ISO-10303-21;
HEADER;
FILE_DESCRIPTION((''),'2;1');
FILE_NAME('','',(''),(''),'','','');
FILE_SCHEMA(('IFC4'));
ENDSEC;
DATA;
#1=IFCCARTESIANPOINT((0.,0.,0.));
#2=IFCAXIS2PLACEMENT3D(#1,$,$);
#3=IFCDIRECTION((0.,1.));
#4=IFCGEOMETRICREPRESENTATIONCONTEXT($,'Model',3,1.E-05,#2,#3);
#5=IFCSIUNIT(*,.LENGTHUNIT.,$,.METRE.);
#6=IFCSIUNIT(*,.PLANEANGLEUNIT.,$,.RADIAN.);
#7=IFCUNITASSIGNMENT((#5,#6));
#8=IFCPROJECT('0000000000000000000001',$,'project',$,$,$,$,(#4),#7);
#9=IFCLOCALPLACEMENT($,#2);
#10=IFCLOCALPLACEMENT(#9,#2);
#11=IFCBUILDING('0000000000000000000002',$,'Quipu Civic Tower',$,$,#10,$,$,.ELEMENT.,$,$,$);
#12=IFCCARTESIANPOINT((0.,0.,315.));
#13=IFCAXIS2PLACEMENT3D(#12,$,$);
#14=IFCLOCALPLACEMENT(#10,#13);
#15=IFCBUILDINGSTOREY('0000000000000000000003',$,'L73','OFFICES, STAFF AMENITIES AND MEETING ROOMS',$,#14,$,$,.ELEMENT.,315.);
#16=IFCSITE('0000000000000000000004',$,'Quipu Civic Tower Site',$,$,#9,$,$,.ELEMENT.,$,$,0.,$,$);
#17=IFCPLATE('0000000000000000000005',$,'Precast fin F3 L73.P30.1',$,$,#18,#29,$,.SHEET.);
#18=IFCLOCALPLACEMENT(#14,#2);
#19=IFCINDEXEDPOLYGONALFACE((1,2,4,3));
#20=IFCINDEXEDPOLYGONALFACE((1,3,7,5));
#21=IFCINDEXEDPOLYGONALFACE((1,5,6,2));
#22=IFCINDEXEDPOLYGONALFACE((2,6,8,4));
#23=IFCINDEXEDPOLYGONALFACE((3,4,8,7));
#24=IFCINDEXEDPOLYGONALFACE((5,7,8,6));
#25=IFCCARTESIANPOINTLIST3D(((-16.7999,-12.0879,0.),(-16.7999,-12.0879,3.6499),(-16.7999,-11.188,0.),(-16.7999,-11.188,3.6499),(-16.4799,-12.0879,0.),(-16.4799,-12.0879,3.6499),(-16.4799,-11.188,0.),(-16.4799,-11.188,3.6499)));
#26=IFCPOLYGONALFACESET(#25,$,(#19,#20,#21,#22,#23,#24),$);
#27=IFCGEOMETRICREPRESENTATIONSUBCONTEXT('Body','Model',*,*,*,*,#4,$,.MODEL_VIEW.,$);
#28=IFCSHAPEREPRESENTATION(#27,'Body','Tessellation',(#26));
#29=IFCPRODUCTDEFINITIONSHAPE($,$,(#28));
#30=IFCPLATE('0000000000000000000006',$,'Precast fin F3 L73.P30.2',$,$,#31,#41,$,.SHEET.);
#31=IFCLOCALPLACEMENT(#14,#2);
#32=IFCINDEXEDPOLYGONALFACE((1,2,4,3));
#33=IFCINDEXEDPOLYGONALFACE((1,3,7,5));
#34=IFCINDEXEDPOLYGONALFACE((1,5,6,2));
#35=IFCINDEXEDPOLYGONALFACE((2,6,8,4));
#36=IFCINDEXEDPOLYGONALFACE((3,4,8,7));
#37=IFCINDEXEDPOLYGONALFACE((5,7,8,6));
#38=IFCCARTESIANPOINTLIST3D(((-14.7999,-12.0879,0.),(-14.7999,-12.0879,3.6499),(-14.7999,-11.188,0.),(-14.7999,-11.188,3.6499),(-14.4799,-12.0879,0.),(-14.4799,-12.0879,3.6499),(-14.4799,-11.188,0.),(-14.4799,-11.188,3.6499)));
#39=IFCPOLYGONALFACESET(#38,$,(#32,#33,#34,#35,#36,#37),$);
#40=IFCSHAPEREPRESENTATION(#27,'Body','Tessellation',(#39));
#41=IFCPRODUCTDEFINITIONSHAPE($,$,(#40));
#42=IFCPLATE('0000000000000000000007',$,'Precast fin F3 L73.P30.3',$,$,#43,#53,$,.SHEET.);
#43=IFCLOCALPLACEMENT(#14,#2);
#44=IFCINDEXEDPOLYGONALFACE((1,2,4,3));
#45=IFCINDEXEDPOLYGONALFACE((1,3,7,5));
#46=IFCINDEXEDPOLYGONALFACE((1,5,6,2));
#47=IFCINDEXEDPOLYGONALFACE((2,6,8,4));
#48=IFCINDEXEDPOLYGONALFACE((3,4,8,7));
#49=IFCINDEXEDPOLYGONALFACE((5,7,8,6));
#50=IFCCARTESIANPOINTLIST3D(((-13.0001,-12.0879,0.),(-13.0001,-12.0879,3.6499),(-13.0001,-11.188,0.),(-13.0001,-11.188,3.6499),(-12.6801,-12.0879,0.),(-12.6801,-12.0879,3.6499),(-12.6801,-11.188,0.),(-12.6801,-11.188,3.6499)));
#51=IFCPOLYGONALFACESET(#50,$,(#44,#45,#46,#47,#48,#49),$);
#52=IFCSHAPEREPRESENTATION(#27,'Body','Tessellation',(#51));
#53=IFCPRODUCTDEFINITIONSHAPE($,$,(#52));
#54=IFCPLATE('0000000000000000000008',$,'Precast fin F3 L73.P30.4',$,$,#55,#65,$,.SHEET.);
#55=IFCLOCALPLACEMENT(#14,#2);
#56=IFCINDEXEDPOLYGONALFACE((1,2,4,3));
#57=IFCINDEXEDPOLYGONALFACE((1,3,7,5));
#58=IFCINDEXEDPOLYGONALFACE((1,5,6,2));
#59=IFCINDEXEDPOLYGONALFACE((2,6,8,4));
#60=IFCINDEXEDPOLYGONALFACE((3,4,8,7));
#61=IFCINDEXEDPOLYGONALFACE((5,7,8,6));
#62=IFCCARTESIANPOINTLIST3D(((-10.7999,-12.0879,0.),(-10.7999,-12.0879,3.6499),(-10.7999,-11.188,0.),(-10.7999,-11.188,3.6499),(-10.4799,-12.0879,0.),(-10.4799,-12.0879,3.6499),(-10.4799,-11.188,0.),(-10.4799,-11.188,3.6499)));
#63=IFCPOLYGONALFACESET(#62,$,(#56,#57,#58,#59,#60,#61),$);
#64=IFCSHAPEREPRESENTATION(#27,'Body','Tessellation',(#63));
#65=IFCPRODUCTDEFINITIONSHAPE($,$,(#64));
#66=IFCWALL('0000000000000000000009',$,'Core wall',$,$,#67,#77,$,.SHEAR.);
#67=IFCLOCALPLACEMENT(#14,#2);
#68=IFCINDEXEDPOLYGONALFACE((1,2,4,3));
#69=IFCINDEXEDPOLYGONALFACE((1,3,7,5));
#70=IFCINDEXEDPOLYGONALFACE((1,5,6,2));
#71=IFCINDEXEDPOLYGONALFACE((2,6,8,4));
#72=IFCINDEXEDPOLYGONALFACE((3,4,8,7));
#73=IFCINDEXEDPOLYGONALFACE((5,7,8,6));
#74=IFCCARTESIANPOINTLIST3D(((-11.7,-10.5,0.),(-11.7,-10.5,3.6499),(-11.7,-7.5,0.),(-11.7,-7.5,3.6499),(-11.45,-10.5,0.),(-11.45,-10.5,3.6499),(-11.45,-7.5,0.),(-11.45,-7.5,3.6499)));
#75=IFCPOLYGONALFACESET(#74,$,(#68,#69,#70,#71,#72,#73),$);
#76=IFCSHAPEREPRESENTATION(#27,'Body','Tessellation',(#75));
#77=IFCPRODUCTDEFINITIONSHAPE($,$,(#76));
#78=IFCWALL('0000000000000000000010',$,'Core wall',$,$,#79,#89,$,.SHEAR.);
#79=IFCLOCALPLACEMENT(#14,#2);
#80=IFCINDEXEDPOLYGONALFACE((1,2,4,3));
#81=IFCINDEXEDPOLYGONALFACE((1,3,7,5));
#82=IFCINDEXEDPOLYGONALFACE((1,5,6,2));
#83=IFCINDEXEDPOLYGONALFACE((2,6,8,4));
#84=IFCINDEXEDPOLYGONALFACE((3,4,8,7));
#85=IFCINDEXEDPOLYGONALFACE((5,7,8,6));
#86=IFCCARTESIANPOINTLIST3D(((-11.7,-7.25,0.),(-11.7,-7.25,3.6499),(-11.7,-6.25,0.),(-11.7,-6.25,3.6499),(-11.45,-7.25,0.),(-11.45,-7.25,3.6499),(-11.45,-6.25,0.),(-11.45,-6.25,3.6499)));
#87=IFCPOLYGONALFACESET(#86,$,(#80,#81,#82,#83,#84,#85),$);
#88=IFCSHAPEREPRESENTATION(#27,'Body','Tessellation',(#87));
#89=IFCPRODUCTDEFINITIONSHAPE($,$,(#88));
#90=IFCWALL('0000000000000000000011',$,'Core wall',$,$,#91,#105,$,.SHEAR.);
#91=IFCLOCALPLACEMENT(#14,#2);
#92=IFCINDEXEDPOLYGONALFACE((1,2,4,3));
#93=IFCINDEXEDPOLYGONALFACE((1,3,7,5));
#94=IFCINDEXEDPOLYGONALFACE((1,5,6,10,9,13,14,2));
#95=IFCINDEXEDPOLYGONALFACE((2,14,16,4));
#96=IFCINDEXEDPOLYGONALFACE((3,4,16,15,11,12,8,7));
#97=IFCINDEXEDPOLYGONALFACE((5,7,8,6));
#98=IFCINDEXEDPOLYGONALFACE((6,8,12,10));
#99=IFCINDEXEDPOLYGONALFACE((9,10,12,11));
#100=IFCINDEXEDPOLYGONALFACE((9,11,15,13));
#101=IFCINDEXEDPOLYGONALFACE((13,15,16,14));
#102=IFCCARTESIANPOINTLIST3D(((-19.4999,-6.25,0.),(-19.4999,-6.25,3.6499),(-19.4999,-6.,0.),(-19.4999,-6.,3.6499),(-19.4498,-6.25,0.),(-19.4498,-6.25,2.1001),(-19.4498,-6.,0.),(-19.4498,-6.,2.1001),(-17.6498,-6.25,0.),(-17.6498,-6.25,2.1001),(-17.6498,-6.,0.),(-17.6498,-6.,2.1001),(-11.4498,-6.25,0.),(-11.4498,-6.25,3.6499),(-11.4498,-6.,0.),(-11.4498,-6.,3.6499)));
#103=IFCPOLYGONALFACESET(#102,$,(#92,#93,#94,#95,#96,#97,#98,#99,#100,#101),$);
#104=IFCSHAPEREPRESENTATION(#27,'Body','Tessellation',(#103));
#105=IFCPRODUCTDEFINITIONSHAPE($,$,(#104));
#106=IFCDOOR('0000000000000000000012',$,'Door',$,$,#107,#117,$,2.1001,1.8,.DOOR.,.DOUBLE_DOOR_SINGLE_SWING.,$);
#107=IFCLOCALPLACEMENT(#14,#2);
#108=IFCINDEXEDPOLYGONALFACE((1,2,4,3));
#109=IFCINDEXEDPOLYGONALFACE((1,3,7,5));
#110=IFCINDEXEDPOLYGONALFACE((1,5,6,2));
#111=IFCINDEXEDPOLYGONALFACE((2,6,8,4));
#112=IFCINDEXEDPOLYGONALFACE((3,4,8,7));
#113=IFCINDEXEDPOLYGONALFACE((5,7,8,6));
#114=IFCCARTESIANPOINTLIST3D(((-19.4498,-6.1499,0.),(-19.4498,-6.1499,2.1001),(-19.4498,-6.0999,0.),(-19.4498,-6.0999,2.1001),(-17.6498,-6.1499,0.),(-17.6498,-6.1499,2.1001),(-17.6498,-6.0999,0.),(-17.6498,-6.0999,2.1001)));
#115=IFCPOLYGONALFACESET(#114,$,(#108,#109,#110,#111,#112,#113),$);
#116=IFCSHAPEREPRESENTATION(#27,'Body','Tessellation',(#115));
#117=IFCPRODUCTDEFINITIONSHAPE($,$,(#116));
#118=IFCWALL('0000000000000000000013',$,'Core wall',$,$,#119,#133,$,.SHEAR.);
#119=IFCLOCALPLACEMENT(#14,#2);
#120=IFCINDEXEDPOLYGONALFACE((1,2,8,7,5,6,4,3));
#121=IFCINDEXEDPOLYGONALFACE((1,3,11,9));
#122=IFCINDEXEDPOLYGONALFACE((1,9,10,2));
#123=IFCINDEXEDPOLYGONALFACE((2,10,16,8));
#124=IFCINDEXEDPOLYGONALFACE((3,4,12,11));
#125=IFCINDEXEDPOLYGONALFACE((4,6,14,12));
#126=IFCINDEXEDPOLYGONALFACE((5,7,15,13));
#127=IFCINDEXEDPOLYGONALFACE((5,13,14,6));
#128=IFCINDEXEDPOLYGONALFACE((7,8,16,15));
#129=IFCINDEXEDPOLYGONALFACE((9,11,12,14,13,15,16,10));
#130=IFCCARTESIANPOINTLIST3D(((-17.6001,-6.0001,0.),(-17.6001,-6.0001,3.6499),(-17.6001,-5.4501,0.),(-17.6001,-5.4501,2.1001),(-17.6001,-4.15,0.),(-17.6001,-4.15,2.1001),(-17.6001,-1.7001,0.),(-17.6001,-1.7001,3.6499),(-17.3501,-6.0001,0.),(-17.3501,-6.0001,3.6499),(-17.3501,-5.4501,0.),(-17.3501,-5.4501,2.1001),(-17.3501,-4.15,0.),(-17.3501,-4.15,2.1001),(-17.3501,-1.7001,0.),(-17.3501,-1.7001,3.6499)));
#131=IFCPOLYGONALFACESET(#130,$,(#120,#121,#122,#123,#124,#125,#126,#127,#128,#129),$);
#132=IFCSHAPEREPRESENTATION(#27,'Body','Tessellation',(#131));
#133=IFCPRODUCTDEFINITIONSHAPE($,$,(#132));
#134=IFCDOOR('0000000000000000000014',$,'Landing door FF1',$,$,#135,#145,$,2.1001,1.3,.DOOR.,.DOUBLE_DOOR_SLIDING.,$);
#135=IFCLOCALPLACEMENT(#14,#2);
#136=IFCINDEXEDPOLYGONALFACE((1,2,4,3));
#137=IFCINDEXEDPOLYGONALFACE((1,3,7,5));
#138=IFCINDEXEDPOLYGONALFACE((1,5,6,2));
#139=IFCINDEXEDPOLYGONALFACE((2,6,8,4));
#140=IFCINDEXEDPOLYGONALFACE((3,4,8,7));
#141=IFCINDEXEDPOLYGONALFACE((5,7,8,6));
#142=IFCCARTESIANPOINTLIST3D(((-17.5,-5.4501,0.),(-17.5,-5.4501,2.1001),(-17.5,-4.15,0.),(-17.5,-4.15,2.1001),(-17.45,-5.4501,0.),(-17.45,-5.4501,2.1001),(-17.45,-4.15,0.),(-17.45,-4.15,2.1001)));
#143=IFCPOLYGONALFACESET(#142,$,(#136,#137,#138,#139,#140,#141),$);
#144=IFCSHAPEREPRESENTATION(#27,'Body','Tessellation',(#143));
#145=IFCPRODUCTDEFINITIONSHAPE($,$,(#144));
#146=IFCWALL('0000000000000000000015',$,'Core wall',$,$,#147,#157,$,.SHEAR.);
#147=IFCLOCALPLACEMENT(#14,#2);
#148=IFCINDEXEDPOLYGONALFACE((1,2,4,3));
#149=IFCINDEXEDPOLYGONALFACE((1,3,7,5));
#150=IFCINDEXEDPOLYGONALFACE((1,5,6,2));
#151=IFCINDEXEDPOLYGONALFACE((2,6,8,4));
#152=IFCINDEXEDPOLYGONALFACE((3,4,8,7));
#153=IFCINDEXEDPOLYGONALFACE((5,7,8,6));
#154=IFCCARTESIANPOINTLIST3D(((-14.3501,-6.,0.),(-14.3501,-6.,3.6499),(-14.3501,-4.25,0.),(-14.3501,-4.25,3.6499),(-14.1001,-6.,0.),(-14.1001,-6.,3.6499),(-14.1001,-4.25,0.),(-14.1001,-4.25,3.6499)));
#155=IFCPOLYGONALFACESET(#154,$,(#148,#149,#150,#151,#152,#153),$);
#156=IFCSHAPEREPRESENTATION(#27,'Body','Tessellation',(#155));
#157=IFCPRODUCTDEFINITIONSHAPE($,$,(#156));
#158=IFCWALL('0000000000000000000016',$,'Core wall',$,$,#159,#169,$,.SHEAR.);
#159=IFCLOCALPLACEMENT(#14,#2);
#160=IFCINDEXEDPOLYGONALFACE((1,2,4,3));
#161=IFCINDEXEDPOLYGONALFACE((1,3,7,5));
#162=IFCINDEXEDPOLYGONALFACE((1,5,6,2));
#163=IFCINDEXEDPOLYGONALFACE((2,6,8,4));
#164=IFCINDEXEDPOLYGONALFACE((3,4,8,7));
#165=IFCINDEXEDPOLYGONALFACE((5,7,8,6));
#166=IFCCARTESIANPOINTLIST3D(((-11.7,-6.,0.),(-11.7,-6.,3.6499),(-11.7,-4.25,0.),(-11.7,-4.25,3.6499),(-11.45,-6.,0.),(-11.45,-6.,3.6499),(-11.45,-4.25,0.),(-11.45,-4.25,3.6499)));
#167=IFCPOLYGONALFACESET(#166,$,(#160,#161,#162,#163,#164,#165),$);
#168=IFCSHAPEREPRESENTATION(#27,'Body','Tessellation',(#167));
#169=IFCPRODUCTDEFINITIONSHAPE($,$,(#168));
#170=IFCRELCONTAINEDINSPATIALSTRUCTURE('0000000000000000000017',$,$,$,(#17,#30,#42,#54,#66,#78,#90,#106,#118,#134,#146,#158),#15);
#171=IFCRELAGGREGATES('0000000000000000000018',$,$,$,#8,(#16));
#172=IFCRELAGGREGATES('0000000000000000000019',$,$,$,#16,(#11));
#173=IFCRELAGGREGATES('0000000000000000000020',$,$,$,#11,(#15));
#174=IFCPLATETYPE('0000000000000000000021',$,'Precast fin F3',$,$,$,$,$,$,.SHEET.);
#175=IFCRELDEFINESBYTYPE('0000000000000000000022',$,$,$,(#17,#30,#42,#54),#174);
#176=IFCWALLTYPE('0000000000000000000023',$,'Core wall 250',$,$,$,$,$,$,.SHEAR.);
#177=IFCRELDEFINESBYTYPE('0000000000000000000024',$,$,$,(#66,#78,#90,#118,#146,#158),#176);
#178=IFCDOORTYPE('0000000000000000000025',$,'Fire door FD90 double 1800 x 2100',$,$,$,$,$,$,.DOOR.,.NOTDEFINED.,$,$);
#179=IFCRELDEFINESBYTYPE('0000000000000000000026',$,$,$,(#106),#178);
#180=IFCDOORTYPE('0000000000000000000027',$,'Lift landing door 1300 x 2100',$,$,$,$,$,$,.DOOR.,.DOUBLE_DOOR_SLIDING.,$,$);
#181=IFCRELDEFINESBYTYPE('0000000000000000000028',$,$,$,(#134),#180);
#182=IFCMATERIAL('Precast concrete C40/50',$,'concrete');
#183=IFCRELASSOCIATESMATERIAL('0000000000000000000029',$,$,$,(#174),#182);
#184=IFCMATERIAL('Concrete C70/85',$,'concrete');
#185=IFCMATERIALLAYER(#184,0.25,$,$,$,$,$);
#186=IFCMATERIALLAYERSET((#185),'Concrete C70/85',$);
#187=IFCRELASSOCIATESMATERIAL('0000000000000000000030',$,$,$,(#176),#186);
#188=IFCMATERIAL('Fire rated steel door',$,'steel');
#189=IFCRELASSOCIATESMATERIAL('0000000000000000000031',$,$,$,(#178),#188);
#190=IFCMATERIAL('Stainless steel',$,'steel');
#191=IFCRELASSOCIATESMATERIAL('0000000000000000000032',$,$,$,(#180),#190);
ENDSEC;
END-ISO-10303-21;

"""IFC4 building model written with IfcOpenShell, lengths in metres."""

from ifc_helpers import new_model, si_unit, direction, frame, frame_2d, origin, origin_2d, place, context, subcontext, project, spatial, rectangle, extrude, material, layer, layer_set, type_object, element, fill, save


model = new_model("IFC4")

# Units and contexts
model_context = context("Model", 3, precision=1e-05, world=origin(), true_north=direction((0.0, 1.0)))
body_context = subcontext(model_context, "Body", "Model", "MODEL_VIEW")
ifc_project = project(units=[si_unit("LENGTHUNIT", "METRE"), si_unit("PLANEANGLEUNIT", "RADIAN")], contexts=[model_context])

# Site, building, storey
site_placement = place(None, origin())
site = spatial("IfcSite", under=ifc_project, at=site_placement, Name="Quipu Civic Tower Site", CompositionType="ELEMENT", RefElevation=0.0)
building_placement = place(site_placement, origin())
building = spatial("IfcBuilding", under=site, at=building_placement, Name="Quipu Civic Tower", CompositionType="ELEMENT")
storey_placement = place(building_placement, frame((0.0, 0.0, 315.0)))
storey = spatial("IfcBuildingStorey", under=building, at=storey_placement, Name="L73", Description="OFFICES, STAFF AMENITIES AND MEETING ROOMS", CompositionType="ELEMENT", Elevation=315.0)

# Plates
ifc_material_1 = material(Name="Precast concrete C40/50", Category="concrete")
plate_type = type_object("IfcPlateType", Name="Precast fin F3", PredefinedType="SHEET", material=ifc_material_1)
for number, where, z_axis, x_axis, name in (
    (1, (-16.6399, -11.6379, 0.0), (0.0, 0.0, 1.0), (1.0, 0.0, 0.0), "Precast fin F3 L73.P30.1"),
    (2, (-14.6399, -11.6379, 0.0), (0.0, 0.0, 1.0), (1.0, 0.0, 0.0), "Precast fin F3 L73.P30.2"),
    (3, (-12.8401, -11.6379, 0.0), (0.0, 0.0, 1.0), (1.0, 0.0, 0.0), "Precast fin F3 L73.P30.3"),
    (4, (-10.6399, -11.6379, 0.0), (0.0, 0.0, 1.0), (1.0, 0.0, 0.0), "Precast fin F3 L73.P30.4"),
):
    element("IfcPlate", number, at=place(storey_placement, frame(where, z_axis=z_axis, x_axis=x_axis)), inside=storey, type_object=plate_type, Name=name, PredefinedType="SHEET", context=body_context, shape_type="SweptSolid", body=[
        extrude(rectangle(XDim=0.3201, YDim=0.8999, at=origin_2d()), origin(), (0.0, 0.0, 1.0), 3.6499),
    ])

# Walls
ifc_material_2 = material(Name="Concrete C70/85", Category="concrete")
ifc_layer = layer(ifc_material_2, 0.25)
ifc_layer_set = layer_set([ifc_layer], Name="Concrete C70/85")
wall_type_1 = type_object("IfcWallType", Name="Core wall 250", PredefinedType="SHEAR", material=ifc_layer_set)
wall_1_placement = place(storey_placement, frame((-11.575, -10.5, 0.0), z_axis=(0.0, 0.0, 1.0), x_axis=(0.0, 1.0, 0.0)))
element("IfcWall", 5, at=wall_1_placement, inside=storey, type_object=wall_type_1, Name="Core wall", PredefinedType="SHEAR", context=body_context, shape_type="SweptSolid", body=[
    extrude(rectangle(XDim=3.0, YDim=0.25, at=frame_2d((1.5, 0.0))), origin(), (0.0, 0.0, 1.0), 3.6499),
])
wall_2_placement = place(storey_placement, frame((-11.575, -7.25, 0.0), z_axis=(0.0, 0.0, 1.0), x_axis=(0.0, 1.0, 0.0)))
element("IfcWall", 6, at=wall_2_placement, inside=storey, type_object=wall_type_1, Name="Core wall", PredefinedType="SHEAR", context=body_context, shape_type="SweptSolid", body=[
    extrude(rectangle(XDim=1.0, YDim=0.25, at=frame_2d((0.5, 0.0))), origin(), (0.0, 0.0, 1.0), 3.6499),
])

# Walls, openings, doors
wall_3_placement = place(storey_placement, frame((-11.45, -6.125, 0.0), z_axis=(0.0, 0.0, 1.0), x_axis=(-1.0, 0.0, 0.0)))
wall_3 = element("IfcWall", 7, at=wall_3_placement, inside=storey, type_object=wall_type_1, Name="Core wall", PredefinedType="SHEAR", context=body_context, shape_type="SweptSolid", body=[
    extrude(rectangle(XDim=8.05, YDim=0.25, at=frame_2d((4.0249, 0.0))), origin(), (0.0, 0.0, 1.0), 3.6499),
])
opening_1_placement = place(wall_3_placement, frame((6.2, 0.0, 0.0)))
opening_1 = element("IfcOpeningElement", 8, at=opening_1_placement, cuts=wall_3, PredefinedType="OPENING", context=body_context, shape_type="SweptSolid", body=[
    extrude(rectangle(XDim=1.8, YDim=2.1001, at=frame_2d((0.8999, 1.05))), frame((0.0, 0.135, 0.0), z_axis=(0.0, -1.0, 0.0), x_axis=(1.0, 0.0, 0.0)), (0.0, 0.0, 1.0), 0.27),
])
ifc_material_3 = material(Name="Fire rated steel door", Category="steel")
door_type_1 = type_object("IfcDoorType", Name="Fire door FD90 double 1800 x 2100", OperationType="NOTDEFINED", PredefinedType="DOOR", material=ifc_material_3)
door_1_placement = place(opening_1_placement, origin())
door_1 = element("IfcDoor", 9, at=door_1_placement, inside=storey, type_object=door_type_1, Name="Door", OperationType="DOUBLE_DOOR_SINGLE_SWING", OverallHeight=2.1001, OverallWidth=1.8, PredefinedType="DOOR", context=body_context, shape_type="SweptSolid", body=[
    extrude(rectangle(XDim=1.8, YDim=2.1001, at=frame_2d((0.8999, 1.05))), frame((0.0, 0.0249, 0.0), z_axis=(0.0, -1.0, 0.0), x_axis=(1.0, 0.0, 0.0)), (0.0, 0.0, 1.0), 0.05),
])
fill(opening_1, door_1)
wall_4_placement = place(storey_placement, frame((-17.4751, -6.0, 0.0), z_axis=(0.0, 0.0, 1.0), x_axis=(0.0, 1.0, 0.0)))
wall_4 = element("IfcWall", 10, at=wall_4_placement, inside=storey, type_object=wall_type_1, Name="Core wall", PredefinedType="SHEAR", context=body_context, shape_type="SweptSolid", body=[
    extrude(rectangle(XDim=4.3, YDim=0.25, at=frame_2d((2.1499, 0.0))), origin(), (0.0, 0.0, 1.0), 3.6499),
])
opening_2_placement = place(wall_4_placement, frame((0.55, 0.0, 0.0)))
opening_2 = element("IfcOpeningElement", 11, at=opening_2_placement, cuts=wall_4, PredefinedType="OPENING", context=body_context, shape_type="SweptSolid", body=[
    extrude(rectangle(XDim=1.3, YDim=2.1001, at=frame_2d((0.6499, 1.05))), frame((0.0, 0.135, 0.0), z_axis=(0.0, -1.0, 0.0), x_axis=(1.0, 0.0, 0.0)), (0.0, 0.0, 1.0), 0.27),
])
ifc_material_4 = material(Name="Stainless steel", Category="steel")
door_type_2 = type_object("IfcDoorType", Name="Lift landing door 1300 x 2100", OperationType="DOUBLE_DOOR_SLIDING", PredefinedType="DOOR", material=ifc_material_4)
door_2_placement = place(opening_2_placement, origin())
door_2 = element("IfcDoor", 12, at=door_2_placement, inside=storey, type_object=door_type_2, Name="Landing door FF1", OperationType="DOUBLE_DOOR_SLIDING", OverallHeight=2.1001, OverallWidth=1.3, PredefinedType="DOOR", context=body_context, shape_type="SweptSolid", body=[
    extrude(rectangle(XDim=1.3, YDim=2.1001, at=frame_2d((0.6499, 1.05))), frame((0.0, 0.0249, 0.0), z_axis=(0.0, -1.0, 0.0), x_axis=(1.0, 0.0, 0.0)), (0.0, 0.0, 1.0), 0.05),
])
fill(opening_2, door_2)

# Walls
for number, where, z_axis, x_axis, name in (
    (13, (-14.2251, -6.0, 0.0), (0.0, 0.0, 1.0), (0.0, 1.0, 0.0), "Core wall"),
    (14, (-11.575, -6.0, 0.0), (0.0, 0.0, 1.0), (0.0, 1.0, 0.0), "Core wall"),
):
    element("IfcWall", number, at=place(storey_placement, frame(where, z_axis=z_axis, x_axis=x_axis)), inside=storey, type_object=wall_type_1, Name=name, PredefinedType="SHEAR", context=body_context, shape_type="SweptSolid", body=[
        extrude(rectangle(XDim=1.75, YDim=0.25, at=frame_2d((0.875, 0.0))), origin(), (0.0, 0.0, 1.0), 3.6499),
    ])

save(model, "model.ifc")
